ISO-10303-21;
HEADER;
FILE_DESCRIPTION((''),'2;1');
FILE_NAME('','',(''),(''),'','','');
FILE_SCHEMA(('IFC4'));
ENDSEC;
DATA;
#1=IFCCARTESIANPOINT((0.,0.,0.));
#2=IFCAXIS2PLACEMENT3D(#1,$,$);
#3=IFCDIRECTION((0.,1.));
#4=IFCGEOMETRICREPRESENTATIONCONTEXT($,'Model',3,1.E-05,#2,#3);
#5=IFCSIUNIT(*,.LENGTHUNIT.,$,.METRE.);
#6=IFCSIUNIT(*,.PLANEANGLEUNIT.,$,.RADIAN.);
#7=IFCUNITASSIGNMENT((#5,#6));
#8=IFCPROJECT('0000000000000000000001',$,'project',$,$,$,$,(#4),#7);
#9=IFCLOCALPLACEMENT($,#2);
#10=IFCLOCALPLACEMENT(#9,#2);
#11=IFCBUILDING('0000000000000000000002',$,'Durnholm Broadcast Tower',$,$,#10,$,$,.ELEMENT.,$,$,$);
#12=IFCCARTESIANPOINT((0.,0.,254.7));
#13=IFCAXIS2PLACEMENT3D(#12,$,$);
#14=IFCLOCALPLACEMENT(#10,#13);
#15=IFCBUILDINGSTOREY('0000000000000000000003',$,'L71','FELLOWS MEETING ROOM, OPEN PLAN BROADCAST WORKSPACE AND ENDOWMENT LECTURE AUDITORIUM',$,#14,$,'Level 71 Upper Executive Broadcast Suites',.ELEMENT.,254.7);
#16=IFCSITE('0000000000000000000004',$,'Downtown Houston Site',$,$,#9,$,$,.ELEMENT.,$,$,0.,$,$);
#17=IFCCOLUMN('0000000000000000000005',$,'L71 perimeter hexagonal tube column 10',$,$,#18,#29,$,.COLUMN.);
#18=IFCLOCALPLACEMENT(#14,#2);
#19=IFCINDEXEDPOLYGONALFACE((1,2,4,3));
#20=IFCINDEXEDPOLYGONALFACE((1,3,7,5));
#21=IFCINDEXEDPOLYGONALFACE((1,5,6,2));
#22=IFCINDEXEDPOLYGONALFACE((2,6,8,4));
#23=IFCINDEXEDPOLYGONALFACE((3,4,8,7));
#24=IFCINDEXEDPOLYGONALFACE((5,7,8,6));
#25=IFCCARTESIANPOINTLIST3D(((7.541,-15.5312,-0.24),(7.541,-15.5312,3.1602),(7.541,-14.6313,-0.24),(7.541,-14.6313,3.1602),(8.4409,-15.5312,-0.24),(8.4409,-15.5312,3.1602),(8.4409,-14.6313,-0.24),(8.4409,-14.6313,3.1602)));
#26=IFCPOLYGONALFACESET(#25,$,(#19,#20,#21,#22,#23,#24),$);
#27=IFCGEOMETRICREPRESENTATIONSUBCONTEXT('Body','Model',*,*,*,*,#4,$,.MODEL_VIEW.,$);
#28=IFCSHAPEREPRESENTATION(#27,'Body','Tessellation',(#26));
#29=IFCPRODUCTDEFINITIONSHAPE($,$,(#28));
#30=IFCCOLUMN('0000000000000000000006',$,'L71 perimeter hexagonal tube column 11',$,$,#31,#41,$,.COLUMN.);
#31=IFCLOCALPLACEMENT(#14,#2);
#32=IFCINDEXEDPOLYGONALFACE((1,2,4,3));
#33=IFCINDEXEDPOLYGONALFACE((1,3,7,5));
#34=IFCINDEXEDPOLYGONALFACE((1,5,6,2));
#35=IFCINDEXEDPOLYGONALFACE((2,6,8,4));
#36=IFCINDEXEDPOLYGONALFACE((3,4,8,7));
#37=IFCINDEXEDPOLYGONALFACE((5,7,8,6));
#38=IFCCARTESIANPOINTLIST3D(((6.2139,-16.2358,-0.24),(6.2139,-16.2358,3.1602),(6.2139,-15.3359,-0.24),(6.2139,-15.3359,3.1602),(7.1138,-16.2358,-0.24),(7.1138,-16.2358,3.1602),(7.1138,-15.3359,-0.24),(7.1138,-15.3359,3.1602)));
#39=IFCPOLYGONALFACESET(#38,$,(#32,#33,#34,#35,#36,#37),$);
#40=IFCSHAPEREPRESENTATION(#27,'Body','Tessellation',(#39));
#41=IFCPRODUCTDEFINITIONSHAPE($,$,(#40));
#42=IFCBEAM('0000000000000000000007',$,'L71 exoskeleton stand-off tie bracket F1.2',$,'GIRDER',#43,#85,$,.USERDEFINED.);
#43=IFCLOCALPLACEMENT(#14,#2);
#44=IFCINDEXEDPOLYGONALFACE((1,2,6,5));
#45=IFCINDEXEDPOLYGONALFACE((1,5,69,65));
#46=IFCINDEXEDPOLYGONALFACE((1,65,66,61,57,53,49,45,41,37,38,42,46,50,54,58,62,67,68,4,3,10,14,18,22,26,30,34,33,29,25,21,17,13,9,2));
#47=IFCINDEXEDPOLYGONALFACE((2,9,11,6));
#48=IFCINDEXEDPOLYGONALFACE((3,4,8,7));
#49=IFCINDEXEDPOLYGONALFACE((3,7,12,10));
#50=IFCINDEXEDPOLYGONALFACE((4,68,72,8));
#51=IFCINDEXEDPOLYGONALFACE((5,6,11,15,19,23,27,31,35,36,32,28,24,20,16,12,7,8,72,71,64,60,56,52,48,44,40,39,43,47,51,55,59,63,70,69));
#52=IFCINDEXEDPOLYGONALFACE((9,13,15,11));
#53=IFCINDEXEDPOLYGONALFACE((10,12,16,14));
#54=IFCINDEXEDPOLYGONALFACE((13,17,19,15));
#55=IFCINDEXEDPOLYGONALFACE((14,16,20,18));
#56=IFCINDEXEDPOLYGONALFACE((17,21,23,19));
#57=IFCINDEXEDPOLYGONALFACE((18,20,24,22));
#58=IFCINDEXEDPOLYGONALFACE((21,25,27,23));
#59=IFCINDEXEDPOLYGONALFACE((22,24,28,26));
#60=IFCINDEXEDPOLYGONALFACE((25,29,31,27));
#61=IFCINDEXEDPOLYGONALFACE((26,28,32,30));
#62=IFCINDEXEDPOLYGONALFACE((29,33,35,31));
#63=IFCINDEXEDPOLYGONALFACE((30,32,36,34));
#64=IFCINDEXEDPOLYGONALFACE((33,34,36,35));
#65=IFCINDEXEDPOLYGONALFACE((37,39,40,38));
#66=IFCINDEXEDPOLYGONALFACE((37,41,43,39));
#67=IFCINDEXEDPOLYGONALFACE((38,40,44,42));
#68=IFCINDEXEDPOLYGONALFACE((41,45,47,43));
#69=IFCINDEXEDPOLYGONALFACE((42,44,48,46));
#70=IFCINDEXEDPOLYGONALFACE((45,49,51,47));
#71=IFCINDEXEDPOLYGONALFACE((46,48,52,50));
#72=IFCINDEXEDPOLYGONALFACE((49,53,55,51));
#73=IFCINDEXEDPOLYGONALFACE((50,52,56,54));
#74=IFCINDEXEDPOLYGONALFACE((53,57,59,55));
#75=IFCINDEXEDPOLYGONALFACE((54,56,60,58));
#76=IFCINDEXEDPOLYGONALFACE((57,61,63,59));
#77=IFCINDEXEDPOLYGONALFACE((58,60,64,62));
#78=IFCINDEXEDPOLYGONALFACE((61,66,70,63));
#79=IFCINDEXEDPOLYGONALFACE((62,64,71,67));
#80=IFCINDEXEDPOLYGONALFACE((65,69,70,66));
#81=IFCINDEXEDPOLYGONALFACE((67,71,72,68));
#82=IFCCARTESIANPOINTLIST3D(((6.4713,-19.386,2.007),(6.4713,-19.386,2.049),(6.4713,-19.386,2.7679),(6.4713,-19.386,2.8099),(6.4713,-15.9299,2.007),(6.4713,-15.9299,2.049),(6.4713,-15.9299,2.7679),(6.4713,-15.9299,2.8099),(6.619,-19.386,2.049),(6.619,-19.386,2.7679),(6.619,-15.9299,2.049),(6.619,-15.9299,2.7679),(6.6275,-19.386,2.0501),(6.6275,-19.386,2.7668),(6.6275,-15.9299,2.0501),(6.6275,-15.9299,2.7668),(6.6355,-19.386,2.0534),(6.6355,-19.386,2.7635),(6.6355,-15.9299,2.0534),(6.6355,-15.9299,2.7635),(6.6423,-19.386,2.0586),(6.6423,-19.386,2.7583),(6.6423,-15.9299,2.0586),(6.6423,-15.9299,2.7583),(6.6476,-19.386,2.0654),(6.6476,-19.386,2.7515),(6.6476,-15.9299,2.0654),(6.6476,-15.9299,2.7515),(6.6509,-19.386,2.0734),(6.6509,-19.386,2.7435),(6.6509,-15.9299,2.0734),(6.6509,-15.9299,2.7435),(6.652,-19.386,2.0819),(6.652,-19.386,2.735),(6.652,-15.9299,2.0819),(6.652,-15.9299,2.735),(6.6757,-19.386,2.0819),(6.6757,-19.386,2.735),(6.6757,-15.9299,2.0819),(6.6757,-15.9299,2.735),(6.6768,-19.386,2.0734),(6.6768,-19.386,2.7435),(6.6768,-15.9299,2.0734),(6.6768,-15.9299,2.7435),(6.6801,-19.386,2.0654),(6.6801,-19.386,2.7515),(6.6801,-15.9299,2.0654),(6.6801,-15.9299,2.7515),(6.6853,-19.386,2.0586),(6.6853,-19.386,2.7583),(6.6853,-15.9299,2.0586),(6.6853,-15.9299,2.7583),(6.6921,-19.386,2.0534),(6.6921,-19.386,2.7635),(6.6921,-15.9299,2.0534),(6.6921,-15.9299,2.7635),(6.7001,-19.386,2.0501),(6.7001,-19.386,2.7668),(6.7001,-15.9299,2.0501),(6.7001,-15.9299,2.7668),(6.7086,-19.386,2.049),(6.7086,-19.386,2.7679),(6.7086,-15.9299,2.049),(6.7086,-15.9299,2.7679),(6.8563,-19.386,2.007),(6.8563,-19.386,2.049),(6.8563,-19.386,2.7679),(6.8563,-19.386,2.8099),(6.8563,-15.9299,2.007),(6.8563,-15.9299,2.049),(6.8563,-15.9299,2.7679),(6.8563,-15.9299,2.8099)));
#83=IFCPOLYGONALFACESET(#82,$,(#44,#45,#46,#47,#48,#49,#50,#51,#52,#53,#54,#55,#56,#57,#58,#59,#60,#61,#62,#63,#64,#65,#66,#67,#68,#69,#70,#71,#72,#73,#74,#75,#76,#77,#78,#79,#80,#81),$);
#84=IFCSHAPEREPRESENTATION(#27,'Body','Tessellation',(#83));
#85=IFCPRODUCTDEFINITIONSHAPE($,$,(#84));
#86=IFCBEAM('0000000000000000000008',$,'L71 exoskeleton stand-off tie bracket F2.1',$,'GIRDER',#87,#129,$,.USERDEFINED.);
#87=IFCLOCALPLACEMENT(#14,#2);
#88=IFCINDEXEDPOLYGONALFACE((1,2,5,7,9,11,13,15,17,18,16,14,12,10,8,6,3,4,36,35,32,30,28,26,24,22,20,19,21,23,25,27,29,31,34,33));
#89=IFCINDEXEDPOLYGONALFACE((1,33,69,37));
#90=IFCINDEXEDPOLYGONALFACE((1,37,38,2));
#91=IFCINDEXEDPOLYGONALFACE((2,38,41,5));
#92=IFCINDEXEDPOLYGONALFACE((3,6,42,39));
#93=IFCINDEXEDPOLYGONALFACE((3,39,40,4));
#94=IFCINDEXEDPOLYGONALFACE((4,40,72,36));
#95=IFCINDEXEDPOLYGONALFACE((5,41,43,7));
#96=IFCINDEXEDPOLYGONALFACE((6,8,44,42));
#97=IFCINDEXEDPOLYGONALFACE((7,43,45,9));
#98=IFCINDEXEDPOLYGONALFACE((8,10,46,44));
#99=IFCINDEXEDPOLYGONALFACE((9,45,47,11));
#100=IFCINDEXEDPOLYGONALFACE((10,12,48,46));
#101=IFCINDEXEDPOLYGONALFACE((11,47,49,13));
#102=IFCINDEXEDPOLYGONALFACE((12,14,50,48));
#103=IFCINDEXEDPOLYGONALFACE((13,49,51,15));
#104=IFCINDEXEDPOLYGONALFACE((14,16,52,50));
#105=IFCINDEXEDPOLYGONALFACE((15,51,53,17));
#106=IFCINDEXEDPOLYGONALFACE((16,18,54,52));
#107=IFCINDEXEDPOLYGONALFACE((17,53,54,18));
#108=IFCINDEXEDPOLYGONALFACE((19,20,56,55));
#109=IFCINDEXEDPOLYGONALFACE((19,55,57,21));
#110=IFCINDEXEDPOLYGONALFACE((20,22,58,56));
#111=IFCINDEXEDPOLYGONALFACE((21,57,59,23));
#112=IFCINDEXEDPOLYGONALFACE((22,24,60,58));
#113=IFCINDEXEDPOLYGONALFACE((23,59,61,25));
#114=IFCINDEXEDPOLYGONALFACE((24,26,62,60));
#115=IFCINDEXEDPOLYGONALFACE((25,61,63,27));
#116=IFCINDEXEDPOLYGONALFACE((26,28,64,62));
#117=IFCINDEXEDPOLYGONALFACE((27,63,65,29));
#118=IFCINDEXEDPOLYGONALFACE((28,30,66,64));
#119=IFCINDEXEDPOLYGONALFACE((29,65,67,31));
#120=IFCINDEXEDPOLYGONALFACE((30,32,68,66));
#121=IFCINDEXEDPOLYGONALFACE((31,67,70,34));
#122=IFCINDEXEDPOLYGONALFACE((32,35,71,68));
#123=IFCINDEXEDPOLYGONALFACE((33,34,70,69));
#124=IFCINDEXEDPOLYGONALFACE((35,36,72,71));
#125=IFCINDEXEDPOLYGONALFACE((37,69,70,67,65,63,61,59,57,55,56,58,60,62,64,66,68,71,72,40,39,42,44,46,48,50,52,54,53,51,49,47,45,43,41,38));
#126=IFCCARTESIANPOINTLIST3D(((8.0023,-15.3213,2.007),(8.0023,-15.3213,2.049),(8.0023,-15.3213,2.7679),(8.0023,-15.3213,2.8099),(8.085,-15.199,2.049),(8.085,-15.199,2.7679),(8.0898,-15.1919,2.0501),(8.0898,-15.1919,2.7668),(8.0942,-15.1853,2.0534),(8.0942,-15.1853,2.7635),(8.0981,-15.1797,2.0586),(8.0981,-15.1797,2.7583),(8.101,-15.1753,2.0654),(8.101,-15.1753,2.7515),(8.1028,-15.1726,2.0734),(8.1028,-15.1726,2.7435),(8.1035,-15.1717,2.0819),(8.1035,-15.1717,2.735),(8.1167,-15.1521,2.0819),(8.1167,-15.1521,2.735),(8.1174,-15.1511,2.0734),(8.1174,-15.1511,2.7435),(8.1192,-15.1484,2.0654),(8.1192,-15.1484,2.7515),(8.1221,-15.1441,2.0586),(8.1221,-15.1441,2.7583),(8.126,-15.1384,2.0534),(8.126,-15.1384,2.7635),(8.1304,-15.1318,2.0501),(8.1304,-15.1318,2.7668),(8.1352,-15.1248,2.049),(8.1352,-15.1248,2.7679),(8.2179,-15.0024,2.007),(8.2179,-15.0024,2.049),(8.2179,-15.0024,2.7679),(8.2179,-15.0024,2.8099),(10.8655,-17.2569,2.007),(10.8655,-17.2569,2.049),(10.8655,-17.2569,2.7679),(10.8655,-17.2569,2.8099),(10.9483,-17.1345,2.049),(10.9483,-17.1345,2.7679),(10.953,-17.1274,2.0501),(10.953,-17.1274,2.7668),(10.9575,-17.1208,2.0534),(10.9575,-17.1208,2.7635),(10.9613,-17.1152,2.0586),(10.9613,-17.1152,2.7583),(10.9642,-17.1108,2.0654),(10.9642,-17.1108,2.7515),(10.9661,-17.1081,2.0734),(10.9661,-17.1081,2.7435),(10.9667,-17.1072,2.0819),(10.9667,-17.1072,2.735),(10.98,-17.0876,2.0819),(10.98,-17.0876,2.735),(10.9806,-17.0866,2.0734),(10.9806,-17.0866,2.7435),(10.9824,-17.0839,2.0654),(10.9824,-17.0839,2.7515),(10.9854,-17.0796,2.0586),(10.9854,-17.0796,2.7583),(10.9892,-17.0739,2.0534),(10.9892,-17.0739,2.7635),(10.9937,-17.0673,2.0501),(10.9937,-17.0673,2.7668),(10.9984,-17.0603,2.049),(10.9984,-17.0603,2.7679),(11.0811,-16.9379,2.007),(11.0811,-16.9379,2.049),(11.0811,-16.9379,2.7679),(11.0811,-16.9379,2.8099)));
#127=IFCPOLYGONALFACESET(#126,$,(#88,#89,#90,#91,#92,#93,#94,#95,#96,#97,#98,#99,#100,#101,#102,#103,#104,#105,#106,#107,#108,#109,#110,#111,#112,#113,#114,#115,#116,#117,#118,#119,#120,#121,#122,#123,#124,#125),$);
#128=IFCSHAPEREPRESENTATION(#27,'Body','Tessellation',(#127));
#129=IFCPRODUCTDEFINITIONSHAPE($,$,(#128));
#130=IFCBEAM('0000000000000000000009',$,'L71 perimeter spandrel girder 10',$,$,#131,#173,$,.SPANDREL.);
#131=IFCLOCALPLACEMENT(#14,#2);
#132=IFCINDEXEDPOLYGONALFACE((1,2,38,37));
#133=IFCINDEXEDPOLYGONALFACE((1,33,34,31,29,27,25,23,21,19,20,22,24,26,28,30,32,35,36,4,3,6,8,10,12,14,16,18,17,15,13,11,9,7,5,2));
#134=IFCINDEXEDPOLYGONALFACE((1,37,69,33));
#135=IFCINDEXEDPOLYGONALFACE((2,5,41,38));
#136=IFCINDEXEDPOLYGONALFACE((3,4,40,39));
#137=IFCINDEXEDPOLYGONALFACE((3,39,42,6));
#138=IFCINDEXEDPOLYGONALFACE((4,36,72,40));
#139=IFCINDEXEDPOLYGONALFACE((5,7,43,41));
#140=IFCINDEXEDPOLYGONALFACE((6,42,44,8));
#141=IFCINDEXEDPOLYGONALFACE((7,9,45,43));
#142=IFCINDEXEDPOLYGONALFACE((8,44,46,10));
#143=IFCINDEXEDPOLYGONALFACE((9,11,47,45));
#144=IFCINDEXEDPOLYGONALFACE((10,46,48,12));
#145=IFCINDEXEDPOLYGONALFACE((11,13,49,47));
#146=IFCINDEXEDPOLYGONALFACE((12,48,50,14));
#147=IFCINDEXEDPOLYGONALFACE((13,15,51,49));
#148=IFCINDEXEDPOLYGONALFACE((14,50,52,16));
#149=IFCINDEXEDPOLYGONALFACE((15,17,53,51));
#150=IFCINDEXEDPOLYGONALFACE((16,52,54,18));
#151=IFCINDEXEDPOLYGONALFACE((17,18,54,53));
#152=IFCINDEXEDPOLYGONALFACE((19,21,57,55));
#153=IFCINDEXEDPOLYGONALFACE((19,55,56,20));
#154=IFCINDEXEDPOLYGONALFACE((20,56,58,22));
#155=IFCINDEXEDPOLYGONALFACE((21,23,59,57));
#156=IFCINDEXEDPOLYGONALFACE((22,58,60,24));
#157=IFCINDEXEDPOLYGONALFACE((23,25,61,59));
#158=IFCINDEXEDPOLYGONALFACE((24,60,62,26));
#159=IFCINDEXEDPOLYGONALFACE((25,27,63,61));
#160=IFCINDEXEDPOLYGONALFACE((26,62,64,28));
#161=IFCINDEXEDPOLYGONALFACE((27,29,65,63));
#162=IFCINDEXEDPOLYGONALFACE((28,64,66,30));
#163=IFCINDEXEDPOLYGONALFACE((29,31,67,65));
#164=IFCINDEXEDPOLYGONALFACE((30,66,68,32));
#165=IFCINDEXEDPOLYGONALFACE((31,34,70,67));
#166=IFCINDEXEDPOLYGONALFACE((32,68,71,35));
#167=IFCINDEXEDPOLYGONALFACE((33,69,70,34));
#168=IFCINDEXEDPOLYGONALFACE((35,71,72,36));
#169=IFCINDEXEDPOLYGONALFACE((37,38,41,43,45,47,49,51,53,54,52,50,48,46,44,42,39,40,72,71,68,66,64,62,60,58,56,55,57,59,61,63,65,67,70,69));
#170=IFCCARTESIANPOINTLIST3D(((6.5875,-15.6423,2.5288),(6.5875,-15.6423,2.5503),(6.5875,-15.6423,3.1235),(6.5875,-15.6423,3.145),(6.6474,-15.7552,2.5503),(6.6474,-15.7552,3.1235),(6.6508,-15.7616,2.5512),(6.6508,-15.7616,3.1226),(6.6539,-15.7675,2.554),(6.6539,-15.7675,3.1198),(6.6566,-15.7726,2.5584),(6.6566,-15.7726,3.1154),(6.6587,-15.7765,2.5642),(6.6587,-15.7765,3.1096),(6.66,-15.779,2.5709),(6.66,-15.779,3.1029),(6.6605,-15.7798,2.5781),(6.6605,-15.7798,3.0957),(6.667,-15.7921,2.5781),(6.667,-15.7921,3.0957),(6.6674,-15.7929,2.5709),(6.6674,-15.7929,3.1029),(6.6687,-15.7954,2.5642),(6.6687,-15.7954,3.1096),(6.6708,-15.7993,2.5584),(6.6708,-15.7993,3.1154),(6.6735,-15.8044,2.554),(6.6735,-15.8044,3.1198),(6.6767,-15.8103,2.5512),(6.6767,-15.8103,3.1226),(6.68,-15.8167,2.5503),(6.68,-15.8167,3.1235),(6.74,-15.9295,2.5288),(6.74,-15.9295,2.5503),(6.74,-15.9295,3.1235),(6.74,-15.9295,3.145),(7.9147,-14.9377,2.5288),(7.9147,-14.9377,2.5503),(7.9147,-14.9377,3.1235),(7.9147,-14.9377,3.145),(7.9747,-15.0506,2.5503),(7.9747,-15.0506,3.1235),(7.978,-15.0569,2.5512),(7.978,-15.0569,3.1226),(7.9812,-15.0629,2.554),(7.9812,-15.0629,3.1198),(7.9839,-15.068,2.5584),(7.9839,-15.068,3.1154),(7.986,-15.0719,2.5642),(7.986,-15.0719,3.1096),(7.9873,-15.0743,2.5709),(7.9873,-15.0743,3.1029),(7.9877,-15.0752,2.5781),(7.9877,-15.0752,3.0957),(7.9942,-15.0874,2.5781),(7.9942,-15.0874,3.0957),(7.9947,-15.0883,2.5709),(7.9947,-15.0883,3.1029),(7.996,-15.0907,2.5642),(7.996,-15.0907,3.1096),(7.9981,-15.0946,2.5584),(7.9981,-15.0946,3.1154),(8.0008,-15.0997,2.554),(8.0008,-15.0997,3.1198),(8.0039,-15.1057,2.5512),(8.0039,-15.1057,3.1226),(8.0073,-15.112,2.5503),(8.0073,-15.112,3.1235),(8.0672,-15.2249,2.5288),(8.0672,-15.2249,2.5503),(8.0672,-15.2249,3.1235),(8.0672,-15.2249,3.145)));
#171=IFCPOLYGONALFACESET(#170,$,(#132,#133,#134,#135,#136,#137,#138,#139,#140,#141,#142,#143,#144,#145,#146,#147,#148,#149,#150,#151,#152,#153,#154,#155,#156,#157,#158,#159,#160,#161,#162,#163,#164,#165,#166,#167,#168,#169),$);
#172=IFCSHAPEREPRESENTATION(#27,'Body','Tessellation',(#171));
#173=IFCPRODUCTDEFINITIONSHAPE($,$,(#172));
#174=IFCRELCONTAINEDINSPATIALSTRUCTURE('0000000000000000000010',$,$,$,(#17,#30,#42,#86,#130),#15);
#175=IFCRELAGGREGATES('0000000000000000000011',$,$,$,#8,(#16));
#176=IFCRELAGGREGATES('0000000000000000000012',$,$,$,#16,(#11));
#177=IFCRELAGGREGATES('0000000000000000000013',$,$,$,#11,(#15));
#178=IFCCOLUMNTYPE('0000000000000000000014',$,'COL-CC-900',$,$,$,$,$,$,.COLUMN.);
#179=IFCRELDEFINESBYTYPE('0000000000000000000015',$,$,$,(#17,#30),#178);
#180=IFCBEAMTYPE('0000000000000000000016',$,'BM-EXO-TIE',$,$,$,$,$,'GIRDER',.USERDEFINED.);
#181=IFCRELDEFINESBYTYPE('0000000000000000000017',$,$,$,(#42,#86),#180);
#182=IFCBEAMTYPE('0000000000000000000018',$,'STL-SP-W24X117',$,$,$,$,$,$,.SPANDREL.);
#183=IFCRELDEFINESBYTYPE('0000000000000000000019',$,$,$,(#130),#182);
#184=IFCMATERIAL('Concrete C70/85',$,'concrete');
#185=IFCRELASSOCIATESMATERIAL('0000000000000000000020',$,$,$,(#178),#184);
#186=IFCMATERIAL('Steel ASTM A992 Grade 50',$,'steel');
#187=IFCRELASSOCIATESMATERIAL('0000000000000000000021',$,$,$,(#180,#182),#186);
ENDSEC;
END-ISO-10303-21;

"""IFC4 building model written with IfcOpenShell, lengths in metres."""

from ifc_helpers import new_model, si_unit, direction, frame, origin, origin_2d, place, context, subcontext, project, spatial, rectangle, i_section, extrude, source, transform, mapped, material, material_profile, profile_set, type_object, type_shapes, element, save


model = new_model("IFC4")

# Units and contexts
model_context = context("Model", 3, precision=1e-05, world=origin(), true_north=direction((0.0, 1.0)))
body_context = subcontext(model_context, "Body", "Model", "MODEL_VIEW")
ifc_project = project(units=[si_unit("LENGTHUNIT", "METRE"), si_unit("PLANEANGLEUNIT", "RADIAN")], contexts=[model_context])

# Site, building, storey
site_placement = place(None, origin())
site = spatial("IfcSite", under=ifc_project, at=site_placement, Name="Downtown Houston Site", CompositionType="ELEMENT", RefElevation=0.0)
building_placement = place(site_placement, origin())
building = spatial("IfcBuilding", under=site, at=building_placement, Name="Durnholm Broadcast Tower", CompositionType="ELEMENT")
storey_placement = place(building_placement, frame((0.0, 0.0, 254.7)))
storey = spatial("IfcBuildingStorey", under=building, at=storey_placement, Name="L71", Description="FELLOWS MEETING ROOM, OPEN PLAN BROADCAST WORKSPACE AND ENDOWMENT LECTURE AUDITORIUM", LongName="Level 71 Upper Executive Broadcast Suites", CompositionType="ELEMENT", Elevation=254.7)

# Columns
ifc_material_1 = material(Name="Concrete C70/85", Category="concrete")
ifc_material_profile_1 = material_profile(ifc_material_1, rectangle(XDim=0.8999, YDim=0.8999, at=origin_2d()), Name="RC900X900")
ifc_profile_set_1 = profile_set([ifc_material_profile_1], Name="Concrete C70/85")
column_type = type_object("IfcColumnType", Name="COL-CC-900", PredefinedType="COLUMN", material=ifc_profile_set_1)
shared_shape_1 = source(origin(), body_context, "Body", "SweptSolid", [
    extrude(rectangle(XDim=0.8999, YDim=0.8999, at=origin_2d()), origin(), (0.0, 0.0, 1.0), 3.4001),
])
type_shapes(column_type, [shared_shape_1])
for number, where, z_axis, x_axis, name in (
    (1, (7.991, -15.0813, -0.24), (0.0, 0.0, 1.0), (1.0, 0.0, 0.0), "L71 perimeter hexagonal tube column 10"),
    (2, (6.6638, -15.7859, -0.24), (0.0, 0.0, 1.0), (1.0, 0.0, 0.0), "L71 perimeter hexagonal tube column 11"),
):
    element("IfcColumn", number, at=place(storey_placement, frame(where, z_axis=z_axis, x_axis=x_axis)), inside=storey, type_object=column_type, Name=name, PredefinedType="COLUMN", context=body_context, shape_type="MappedRepresentation", body=[
        mapped(shared_shape_1, transform((0.0, 0.0, 0.0), x_axis=(1.0, 0.0, 0.0), y_axis=(0.0, 1.0, 0.0), z_axis=(0.0, 0.0, 1.0), scale=1.0)),
    ])

# Beams
ifc_material_2 = material(Name="Steel ASTM A992 Grade 50", Category="steel")
ifc_material_profile_2 = material_profile(ifc_material_2, i_section(OverallWidth=0.385, OverallDepth=0.803, WebThickness=0.0237, FlangeThickness=0.042, FilletRadius=0.033, at=origin_2d()), Name="W30X261")
ifc_profile_set_2 = profile_set([ifc_material_profile_2], Name="Steel ASTM A992 Grade 50")
beam_type_1 = type_object("IfcBeamType", Name="BM-EXO-TIE", ElementType="GIRDER", PredefinedType="USERDEFINED", material=ifc_profile_set_2)
shared_shape_2 = source(origin(), body_context, "Body", "SweptSolid", [
    extrude(i_section(OverallWidth=0.385, OverallDepth=0.803, WebThickness=0.0237, FlangeThickness=0.042, FilletRadius=0.033, at=origin_2d()), origin(), (0.0, 0.0, 1.0), 3.4561),
])
for number, where, z_axis, x_axis, name in (
    (3, (6.6638, -15.9299, 2.4084), (0.0, -1.0, 0.0), (1.0, 0.0, 0.0), "L71 exoskeleton stand-off tie bracket F1.2"),
    (4, (8.1101, -15.1619, 2.4084), (0.828468, -0.560036, 0.0), (0.560036, 0.828468, 0.0), "L71 exoskeleton stand-off tie bracket F2.1"),
):
    element("IfcBeam", number, at=place(storey_placement, frame(where, z_axis=z_axis, x_axis=x_axis)), inside=storey, type_object=beam_type_1, Name=name, ObjectType="GIRDER", PredefinedType="USERDEFINED", context=body_context, shape_type="MappedRepresentation", body=[
        mapped(shared_shape_2, transform((0.0, 0.0, 0.0), x_axis=(1.0, 0.0, 0.0), y_axis=(0.0, 1.0, 0.0), z_axis=(0.0, 0.0, 1.0), scale=1.0)),
    ])
ifc_material_profile_3 = material_profile(ifc_material_2, i_section(OverallWidth=0.3252, OverallDepth=0.6162, WebThickness=0.0139, FlangeThickness=0.0215, FilletRadius=0.0278, at=origin_2d()), Name="W24X117")
ifc_profile_set_3 = profile_set([ifc_material_profile_3], Name="Steel ASTM A992 Grade 50")
beam_type_2 = type_object("IfcBeamType", Name="STL-SP-W24X117", PredefinedType="SPANDREL", material=ifc_profile_set_3)
shared_shape_3 = source(origin(), body_context, "Body", "SweptSolid", [
    extrude(i_section(OverallWidth=0.3252, OverallDepth=0.6162, WebThickness=0.0139, FlangeThickness=0.0215, FilletRadius=0.0278, at=origin_2d()), origin(), (0.0, 0.0, 1.0), 1.5027),
])
beam_1_placement = place(storey_placement, frame((7.991, -15.0813, 2.8369), z_axis=(-0.883242, -0.468918, 0.0), x_axis=(0.468918, -0.883242, 0.0)))
element("IfcBeam", 5, at=beam_1_placement, inside=storey, type_object=beam_type_2, Name="L71 perimeter spandrel girder 10", PredefinedType="SPANDREL", context=body_context, shape_type="MappedRepresentation", body=[
    mapped(shared_shape_3, transform((0.0, 0.0, 0.0), x_axis=(1.0, 0.0, 0.0), y_axis=(0.0, 1.0, 0.0), z_axis=(0.0, 0.0, 1.0), scale=1.0)),
])

save(model, "model.ifc")
